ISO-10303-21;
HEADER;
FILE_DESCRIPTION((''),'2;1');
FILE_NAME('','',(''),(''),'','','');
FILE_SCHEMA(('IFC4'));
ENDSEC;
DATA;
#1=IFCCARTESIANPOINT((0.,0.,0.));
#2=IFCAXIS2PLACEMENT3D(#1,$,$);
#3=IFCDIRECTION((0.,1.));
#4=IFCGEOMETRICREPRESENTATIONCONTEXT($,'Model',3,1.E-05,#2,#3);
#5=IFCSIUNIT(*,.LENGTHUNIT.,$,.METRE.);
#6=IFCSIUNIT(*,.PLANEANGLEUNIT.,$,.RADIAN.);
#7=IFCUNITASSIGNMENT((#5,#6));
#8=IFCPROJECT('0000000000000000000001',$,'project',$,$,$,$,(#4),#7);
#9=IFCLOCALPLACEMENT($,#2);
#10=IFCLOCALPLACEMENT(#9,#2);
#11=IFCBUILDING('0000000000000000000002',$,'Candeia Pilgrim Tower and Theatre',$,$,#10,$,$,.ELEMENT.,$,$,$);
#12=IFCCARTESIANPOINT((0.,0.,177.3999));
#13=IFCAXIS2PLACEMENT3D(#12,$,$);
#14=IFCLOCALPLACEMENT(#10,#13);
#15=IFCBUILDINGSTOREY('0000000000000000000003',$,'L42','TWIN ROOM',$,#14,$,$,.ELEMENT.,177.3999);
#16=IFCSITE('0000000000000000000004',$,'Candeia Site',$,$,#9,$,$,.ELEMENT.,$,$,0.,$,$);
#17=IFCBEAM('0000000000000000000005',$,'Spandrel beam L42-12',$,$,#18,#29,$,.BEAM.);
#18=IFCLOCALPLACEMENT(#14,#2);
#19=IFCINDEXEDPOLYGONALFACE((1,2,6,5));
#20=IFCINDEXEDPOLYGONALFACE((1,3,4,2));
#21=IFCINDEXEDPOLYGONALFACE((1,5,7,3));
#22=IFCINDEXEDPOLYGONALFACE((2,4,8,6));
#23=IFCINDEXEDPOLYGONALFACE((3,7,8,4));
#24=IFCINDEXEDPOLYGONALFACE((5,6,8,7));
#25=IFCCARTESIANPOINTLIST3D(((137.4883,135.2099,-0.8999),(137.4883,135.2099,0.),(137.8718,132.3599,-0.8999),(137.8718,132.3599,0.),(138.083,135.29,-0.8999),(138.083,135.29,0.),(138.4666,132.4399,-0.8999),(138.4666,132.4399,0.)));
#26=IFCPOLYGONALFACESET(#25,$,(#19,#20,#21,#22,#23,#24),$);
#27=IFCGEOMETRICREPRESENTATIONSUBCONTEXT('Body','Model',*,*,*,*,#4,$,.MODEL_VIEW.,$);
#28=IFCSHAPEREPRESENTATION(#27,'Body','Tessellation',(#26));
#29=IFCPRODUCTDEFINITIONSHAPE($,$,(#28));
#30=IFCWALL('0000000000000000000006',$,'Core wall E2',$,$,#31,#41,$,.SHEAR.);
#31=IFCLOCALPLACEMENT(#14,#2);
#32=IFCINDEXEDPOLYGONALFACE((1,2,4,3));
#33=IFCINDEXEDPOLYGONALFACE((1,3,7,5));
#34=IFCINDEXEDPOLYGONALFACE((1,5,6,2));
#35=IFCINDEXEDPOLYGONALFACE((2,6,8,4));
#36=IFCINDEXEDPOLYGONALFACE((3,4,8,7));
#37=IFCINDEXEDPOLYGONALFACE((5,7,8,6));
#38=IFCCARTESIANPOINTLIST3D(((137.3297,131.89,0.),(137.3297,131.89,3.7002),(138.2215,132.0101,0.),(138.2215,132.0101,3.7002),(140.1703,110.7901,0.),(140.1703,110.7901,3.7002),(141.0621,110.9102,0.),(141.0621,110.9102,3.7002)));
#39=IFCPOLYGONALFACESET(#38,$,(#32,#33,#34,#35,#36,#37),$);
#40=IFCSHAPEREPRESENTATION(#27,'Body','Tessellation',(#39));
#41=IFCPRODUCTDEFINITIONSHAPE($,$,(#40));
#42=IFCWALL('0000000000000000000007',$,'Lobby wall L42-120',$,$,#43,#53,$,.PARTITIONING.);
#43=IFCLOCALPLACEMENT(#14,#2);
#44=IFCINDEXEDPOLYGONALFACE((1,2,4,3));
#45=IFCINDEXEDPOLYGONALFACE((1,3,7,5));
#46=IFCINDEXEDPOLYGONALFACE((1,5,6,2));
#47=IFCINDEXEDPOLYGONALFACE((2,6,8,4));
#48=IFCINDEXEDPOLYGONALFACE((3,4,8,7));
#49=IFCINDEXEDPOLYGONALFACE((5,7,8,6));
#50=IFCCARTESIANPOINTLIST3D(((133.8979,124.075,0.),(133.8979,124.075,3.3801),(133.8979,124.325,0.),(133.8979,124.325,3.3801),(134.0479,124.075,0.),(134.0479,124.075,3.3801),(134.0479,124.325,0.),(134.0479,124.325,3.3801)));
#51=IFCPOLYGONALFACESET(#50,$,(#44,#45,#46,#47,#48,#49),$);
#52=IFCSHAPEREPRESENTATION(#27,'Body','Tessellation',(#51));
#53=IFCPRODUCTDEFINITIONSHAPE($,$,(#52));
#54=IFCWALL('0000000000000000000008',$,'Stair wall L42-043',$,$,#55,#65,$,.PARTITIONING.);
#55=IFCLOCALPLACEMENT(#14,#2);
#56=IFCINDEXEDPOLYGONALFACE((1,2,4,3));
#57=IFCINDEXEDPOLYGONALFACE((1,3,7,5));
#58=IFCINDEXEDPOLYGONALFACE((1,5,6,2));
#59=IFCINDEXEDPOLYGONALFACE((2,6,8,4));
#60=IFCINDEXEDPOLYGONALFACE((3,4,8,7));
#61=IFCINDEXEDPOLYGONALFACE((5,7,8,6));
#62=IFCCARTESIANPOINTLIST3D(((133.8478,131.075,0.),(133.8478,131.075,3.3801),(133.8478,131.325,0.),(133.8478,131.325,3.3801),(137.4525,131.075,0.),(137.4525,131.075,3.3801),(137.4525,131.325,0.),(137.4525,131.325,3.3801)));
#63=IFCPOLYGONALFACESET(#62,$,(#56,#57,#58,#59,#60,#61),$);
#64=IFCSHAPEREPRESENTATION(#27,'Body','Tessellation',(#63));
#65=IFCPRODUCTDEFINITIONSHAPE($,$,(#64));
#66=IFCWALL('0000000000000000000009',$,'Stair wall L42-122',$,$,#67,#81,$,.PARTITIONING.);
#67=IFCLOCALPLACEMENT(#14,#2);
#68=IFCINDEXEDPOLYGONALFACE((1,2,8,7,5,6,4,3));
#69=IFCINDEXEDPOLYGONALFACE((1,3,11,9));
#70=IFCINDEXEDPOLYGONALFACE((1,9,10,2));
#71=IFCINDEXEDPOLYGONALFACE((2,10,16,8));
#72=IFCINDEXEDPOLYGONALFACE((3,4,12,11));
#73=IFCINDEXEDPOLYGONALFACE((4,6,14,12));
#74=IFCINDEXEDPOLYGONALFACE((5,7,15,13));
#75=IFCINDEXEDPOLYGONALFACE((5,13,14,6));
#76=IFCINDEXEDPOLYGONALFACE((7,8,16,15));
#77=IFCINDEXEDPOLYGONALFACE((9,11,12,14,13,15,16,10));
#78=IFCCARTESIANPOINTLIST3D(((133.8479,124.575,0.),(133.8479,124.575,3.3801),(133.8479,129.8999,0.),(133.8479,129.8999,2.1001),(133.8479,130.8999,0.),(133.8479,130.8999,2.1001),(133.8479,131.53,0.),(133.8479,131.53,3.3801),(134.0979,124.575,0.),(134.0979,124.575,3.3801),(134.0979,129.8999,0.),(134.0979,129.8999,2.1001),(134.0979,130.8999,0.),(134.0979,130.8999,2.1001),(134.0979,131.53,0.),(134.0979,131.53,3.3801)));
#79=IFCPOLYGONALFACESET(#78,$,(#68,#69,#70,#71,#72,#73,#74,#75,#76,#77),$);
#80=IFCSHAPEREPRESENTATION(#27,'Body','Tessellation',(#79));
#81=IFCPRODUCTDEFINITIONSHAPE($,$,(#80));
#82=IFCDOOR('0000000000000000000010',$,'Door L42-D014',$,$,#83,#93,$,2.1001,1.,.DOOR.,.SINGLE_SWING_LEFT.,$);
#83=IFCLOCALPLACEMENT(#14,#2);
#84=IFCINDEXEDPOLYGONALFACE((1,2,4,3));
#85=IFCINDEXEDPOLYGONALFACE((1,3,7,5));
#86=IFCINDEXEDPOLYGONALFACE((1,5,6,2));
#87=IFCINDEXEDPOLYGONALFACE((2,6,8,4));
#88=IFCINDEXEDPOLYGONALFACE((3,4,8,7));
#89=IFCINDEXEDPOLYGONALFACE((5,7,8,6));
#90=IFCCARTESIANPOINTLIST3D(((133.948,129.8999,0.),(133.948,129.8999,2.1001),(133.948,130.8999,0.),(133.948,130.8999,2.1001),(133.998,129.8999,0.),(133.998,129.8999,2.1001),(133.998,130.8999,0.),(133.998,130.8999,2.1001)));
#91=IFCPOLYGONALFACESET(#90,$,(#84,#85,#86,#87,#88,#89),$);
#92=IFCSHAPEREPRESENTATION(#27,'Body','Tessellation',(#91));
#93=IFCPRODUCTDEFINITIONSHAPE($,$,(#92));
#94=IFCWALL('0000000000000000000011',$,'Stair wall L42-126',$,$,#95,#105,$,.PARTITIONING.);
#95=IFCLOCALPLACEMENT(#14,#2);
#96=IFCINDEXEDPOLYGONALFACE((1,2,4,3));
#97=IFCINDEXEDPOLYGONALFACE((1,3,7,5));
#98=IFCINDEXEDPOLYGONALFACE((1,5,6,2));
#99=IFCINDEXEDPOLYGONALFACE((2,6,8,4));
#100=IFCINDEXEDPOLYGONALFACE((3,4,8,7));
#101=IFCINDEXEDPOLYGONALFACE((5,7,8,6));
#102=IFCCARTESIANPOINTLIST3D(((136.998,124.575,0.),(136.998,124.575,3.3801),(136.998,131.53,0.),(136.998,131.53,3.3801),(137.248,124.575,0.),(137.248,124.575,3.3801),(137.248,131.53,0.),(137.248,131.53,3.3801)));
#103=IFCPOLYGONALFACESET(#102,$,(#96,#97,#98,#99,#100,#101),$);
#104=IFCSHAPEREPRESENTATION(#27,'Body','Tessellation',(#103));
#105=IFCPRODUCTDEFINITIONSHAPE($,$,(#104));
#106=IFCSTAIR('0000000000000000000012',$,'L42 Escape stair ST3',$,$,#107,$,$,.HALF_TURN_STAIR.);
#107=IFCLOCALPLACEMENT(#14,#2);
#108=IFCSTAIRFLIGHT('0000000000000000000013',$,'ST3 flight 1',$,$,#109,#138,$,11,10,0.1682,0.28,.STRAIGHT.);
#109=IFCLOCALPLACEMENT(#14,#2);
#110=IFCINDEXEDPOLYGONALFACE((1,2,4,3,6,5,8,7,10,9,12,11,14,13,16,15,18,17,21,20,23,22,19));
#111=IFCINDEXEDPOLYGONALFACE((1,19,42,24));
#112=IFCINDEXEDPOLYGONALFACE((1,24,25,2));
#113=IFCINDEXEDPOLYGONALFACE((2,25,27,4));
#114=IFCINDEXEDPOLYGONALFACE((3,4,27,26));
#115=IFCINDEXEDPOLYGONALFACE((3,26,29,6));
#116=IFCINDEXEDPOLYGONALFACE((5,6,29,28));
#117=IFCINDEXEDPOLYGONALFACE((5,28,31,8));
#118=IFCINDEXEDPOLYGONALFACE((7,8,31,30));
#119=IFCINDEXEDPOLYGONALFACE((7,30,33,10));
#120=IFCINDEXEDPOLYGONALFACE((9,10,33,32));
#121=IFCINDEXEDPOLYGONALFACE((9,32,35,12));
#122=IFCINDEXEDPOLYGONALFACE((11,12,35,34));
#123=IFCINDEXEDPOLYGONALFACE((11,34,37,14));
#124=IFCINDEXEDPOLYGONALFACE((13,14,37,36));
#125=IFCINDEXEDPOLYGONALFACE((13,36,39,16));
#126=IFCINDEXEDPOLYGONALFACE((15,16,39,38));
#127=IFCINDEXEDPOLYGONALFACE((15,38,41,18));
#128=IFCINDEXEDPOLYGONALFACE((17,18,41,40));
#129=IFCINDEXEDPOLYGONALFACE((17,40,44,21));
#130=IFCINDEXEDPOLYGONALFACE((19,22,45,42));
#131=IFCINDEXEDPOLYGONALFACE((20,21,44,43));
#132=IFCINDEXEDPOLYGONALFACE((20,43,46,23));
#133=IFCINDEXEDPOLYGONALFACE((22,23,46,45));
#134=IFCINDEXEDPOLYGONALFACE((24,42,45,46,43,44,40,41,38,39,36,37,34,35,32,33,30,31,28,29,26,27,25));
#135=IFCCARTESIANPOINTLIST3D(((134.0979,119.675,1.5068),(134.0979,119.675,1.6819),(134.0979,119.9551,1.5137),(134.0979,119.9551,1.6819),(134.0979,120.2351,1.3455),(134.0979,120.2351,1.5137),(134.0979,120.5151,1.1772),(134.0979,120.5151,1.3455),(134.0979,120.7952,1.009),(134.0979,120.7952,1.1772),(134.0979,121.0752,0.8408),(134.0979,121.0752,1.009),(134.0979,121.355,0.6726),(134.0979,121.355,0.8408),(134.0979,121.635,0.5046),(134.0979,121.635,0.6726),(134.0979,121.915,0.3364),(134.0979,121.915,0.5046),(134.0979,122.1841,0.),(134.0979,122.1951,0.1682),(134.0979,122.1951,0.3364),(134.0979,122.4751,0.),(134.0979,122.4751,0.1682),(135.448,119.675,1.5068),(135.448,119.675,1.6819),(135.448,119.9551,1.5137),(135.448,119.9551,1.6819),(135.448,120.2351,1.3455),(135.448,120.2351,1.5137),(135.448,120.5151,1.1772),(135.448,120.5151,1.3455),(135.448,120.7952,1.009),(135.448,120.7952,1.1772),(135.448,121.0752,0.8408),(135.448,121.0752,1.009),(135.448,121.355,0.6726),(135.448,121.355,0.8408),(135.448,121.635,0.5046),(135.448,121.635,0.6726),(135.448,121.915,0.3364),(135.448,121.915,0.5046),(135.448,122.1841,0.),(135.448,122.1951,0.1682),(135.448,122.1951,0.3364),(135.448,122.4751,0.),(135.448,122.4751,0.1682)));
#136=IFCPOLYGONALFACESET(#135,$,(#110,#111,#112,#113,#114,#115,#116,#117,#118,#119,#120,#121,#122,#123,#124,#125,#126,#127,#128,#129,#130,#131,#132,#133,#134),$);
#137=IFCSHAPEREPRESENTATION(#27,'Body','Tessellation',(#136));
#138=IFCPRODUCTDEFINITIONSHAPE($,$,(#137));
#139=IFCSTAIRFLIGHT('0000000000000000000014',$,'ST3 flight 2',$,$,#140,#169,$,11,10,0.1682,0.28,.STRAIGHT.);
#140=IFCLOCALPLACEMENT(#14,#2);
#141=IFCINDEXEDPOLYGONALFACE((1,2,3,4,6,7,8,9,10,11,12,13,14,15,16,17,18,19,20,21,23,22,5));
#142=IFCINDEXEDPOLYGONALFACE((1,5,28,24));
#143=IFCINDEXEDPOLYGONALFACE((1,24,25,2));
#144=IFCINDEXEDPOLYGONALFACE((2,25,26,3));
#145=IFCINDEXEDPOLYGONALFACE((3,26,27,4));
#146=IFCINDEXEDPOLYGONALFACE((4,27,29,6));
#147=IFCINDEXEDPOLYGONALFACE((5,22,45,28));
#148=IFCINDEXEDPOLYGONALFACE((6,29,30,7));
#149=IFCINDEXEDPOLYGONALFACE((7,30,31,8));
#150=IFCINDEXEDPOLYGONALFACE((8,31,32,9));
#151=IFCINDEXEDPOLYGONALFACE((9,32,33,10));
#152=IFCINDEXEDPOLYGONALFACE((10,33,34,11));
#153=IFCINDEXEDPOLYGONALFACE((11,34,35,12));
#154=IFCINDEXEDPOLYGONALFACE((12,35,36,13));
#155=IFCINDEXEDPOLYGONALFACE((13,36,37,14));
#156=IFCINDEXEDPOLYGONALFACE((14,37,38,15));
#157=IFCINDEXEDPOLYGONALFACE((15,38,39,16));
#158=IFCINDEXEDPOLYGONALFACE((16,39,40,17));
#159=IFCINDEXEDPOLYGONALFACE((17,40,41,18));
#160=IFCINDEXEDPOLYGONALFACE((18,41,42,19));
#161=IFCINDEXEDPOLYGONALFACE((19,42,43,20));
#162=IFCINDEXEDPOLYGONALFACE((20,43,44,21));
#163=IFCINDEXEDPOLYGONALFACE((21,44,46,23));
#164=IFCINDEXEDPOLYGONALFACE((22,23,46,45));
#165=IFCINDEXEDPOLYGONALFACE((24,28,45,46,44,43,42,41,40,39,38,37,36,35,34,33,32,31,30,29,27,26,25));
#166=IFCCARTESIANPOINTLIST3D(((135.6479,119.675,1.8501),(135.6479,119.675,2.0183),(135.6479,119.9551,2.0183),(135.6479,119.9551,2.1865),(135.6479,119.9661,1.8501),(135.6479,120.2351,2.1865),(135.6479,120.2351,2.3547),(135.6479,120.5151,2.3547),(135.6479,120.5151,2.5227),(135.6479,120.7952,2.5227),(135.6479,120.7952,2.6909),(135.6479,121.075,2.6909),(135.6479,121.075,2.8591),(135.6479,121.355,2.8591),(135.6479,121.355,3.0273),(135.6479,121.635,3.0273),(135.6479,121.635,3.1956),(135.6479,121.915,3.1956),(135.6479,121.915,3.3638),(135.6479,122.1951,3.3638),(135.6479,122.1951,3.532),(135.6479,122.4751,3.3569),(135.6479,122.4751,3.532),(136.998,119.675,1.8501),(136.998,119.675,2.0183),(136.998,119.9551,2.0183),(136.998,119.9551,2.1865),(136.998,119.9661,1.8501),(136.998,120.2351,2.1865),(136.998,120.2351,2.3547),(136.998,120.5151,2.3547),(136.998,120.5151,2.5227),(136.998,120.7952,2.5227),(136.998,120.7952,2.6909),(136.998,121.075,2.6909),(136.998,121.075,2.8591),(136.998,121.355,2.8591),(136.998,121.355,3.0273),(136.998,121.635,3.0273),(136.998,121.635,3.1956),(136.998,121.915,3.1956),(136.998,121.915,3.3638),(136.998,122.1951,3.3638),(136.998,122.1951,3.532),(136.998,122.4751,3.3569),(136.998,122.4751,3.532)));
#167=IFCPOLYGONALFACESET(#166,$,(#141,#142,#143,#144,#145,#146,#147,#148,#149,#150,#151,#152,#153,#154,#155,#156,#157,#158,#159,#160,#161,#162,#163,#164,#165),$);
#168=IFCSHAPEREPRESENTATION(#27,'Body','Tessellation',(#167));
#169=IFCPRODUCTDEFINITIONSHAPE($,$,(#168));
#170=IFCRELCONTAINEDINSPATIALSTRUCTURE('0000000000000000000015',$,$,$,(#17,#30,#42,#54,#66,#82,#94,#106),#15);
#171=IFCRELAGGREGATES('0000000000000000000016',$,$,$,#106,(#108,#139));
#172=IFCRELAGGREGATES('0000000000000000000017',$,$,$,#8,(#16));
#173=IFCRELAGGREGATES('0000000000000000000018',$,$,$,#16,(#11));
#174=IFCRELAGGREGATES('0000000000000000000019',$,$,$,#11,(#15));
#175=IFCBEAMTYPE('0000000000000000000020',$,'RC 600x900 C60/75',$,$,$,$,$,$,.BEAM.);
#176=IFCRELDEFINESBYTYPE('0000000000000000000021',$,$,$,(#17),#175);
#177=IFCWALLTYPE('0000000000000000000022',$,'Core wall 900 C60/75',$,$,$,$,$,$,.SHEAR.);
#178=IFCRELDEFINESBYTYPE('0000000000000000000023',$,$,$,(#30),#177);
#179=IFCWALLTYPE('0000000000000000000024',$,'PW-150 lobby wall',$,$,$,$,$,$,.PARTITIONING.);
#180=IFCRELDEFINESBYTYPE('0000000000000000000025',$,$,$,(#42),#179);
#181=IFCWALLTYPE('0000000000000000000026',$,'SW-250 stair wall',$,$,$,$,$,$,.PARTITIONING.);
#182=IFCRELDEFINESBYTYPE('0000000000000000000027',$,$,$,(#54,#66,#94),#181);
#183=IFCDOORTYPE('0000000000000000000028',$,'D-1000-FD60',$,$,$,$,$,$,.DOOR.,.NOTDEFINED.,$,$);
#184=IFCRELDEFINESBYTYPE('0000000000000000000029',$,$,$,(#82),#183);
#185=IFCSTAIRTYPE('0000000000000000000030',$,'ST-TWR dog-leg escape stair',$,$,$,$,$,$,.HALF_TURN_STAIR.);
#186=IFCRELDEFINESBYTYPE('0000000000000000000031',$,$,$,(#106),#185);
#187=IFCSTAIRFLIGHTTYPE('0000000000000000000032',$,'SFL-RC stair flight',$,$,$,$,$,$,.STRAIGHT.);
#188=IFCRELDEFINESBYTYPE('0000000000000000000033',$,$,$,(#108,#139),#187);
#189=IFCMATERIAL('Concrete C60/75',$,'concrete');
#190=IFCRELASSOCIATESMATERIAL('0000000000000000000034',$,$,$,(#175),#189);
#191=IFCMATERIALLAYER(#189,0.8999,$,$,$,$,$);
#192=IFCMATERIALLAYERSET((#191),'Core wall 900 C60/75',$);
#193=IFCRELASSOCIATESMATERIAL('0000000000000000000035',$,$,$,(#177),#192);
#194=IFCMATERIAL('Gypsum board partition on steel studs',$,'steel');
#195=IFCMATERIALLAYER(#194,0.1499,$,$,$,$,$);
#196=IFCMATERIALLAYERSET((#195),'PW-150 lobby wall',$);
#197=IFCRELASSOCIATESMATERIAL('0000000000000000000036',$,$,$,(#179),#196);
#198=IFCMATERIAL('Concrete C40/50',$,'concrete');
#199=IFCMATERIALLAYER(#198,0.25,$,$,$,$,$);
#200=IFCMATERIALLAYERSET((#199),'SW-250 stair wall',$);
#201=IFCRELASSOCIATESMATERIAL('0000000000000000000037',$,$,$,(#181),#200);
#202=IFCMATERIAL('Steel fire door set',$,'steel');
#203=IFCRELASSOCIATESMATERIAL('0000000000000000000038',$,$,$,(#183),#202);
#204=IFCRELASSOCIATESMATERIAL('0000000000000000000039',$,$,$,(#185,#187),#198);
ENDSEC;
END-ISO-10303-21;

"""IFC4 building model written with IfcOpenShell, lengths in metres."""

from ifc_helpers import new_model, si_unit, direction, frame, frame_2d, origin, origin_2d, place, context, subcontext, project, spatial, polyline, rectangle, outline, extrude, material, layer, layer_set, material_profile, profile_set, type_object, element, fill, aggregate, save


model = new_model("IFC4")

# Units and contexts
model_context = context("Model", 3, precision=1e-05, world=origin(), true_north=direction((0.0, 1.0)))
body_context = subcontext(model_context, "Body", "Model", "MODEL_VIEW")
ifc_project = project(units=[si_unit("LENGTHUNIT", "METRE"), si_unit("PLANEANGLEUNIT", "RADIAN")], contexts=[model_context])

# Site, building, storey
site_placement = place(None, origin())
site = spatial("IfcSite", under=ifc_project, at=site_placement, Name="Candeia Site", CompositionType="ELEMENT", RefElevation=0.0)
building_placement = place(site_placement, origin())
building = spatial("IfcBuilding", under=site, at=building_placement, Name="Candeia Pilgrim Tower and Theatre", CompositionType="ELEMENT")
storey_placement = place(building_placement, frame((0.0, 0.0, 177.3999)))
storey = spatial("IfcBuildingStorey", under=building, at=storey_placement, Name="L42", Description="TWIN ROOM", CompositionType="ELEMENT", Elevation=177.3999)

# Beam
ifc_material_1 = material(Name="Concrete C60/75", Category="concrete")
ifc_material_profile = material_profile(ifc_material_1, rectangle(XDim=0.6001, YDim=0.8999, at=origin_2d()))
ifc_profile_set = profile_set([ifc_material_profile], Name="Concrete C60/75")
beam_type = type_object("IfcBeamType", Name="RC 600x900 C60/75", PredefinedType="BEAM", material=ifc_profile_set)
beam_placement = place(storey_placement, frame((138.1692, 132.3999, -0.45), z_axis=(-0.13337, 0.991066, 0.0), x_axis=(-0.991066, -0.13337, 0.0)))
element("IfcBeam", 1, at=beam_placement, inside=storey, type_object=beam_type, Name="Spandrel beam L42-12", PredefinedType="BEAM", context=body_context, shape_type="SweptSolid", body=[
    extrude(rectangle(XDim=0.6001, YDim=0.8999, at=origin_2d()), origin(), (0.0, 0.0, 1.0), 2.8757),
])

# Wall
ifc_layer_1 = layer(ifc_material_1, 0.8999)
ifc_layer_set_1 = layer_set([ifc_layer_1], Name="Core wall 900 C60/75")
wall_type_1 = type_object("IfcWallType", Name="Core wall 900 C60/75", PredefinedType="SHEAR", material=ifc_layer_set_1)
wall_1_placement = place(storey_placement, frame((137.7756, 131.95, 0.0), z_axis=(0.0, 0.0, 1.0), x_axis=(0.133422, -0.991059, 0.0)))
element("IfcWall", 2, at=wall_1_placement, inside=storey, type_object=wall_type_1, Name="Core wall E2", PredefinedType="SHEAR", context=body_context, shape_type="SweptSolid", body=[
    extrude(rectangle(XDim=21.2903, YDim=0.8999, at=frame_2d((10.645, 0.0))), origin(), (0.0, 0.0, 1.0), 3.7002),
])

# Walls
ifc_material_2 = material(Name="Gypsum board partition on steel studs", Category="steel")
ifc_layer_2 = layer(ifc_material_2, 0.1499)
ifc_layer_set_2 = layer_set([ifc_layer_2], Name="PW-150 lobby wall")
wall_type_2 = type_object("IfcWallType", Name="PW-150 lobby wall", PredefinedType="PARTITIONING", material=ifc_layer_set_2)
wall_2_placement = place(storey_placement, frame((133.9729, 124.075, 0.0), z_axis=(0.0, 0.0, 1.0), x_axis=(0.0, 1.0, 0.0)))
element("IfcWall", 3, at=wall_2_placement, inside=storey, type_object=wall_type_2, Name="Lobby wall L42-120", PredefinedType="PARTITIONING", context=body_context, shape_type="SweptSolid", body=[
    extrude(rectangle(XDim=0.25, YDim=0.1499, at=frame_2d((0.125, 0.0))), origin(), (0.0, 0.0, 1.0), 3.3801),
])
ifc_material_3 = material(Name="Concrete C40/50", Category="concrete")
ifc_layer_3 = layer(ifc_material_3, 0.25)
ifc_layer_set_3 = layer_set([ifc_layer_3], Name="SW-250 stair wall")
wall_type_3 = type_object("IfcWallType", Name="SW-250 stair wall", PredefinedType="PARTITIONING", material=ifc_layer_set_3)
wall_3_placement = place(storey_placement, frame((133.8479, 131.2, 0.0), z_axis=(0.0, 0.0, 1.0), x_axis=(1.0, 0.0, 0.0)))
element("IfcWall", 4, at=wall_3_placement, inside=storey, type_object=wall_type_3, Name="Stair wall L42-043", PredefinedType="PARTITIONING", context=body_context, shape_type="SweptSolid", body=[
    extrude(rectangle(XDim=3.6047, YDim=0.25, at=frame_2d((1.8022, 0.0))), origin(), (0.0, 0.0, 1.0), 3.3801),
])

# Wall, opening, door
wall_4_placement = place(storey_placement, frame((133.9729, 124.575, 0.0), z_axis=(0.0, 0.0, 1.0), x_axis=(0.0, 1.0, 0.0)))
wall_4 = element("IfcWall", 5, at=wall_4_placement, inside=storey, type_object=wall_type_3, Name="Stair wall L42-122", PredefinedType="PARTITIONING", context=body_context, shape_type="SweptSolid", body=[
    extrude(rectangle(XDim=6.9551, YDim=0.25, at=frame_2d((3.4775, 0.0))), origin(), (0.0, 0.0, 1.0), 3.3801),
])
opening_1_placement = place(wall_4_placement, frame((5.325, 0.0, 0.0)))
opening_1 = element("IfcOpeningElement", 6, at=opening_1_placement, cuts=wall_4, PredefinedType="OPENING", context=body_context, shape_type="SweptSolid", body=[
    extrude(rectangle(XDim=1.0, YDim=2.1001, at=frame_2d((0.5, 1.05))), frame((0.0, 0.135, 0.0), z_axis=(0.0, -1.0, 0.0), x_axis=(1.0, 0.0, 0.0)), (0.0, 0.0, 1.0), 0.27),
])
ifc_material_4 = material(Name="Steel fire door set", Category="steel")
door_type_1 = type_object("IfcDoorType", Name="D-1000-FD60", OperationType="NOTDEFINED", PredefinedType="DOOR", material=ifc_material_4)
door_1_placement = place(opening_1_placement, origin())
door_1 = element("IfcDoor", 7, at=door_1_placement, inside=storey, type_object=door_type_1, Name="Door L42-D014", OperationType="SINGLE_SWING_LEFT", OverallHeight=2.1001, OverallWidth=1.0, PredefinedType="DOOR", context=body_context, shape_type="SweptSolid", body=[
    extrude(rectangle(XDim=1.0, YDim=2.1001, at=frame_2d((0.5, 1.05))), frame((0.0, 0.0249, 0.0), z_axis=(0.0, -1.0, 0.0), x_axis=(1.0, 0.0, 0.0)), (0.0, 0.0, 1.0), 0.05),
])
fill(opening_1, door_1)

# Wall
wall_5_placement = place(storey_placement, frame((137.123, 124.575, 0.0), z_axis=(0.0, 0.0, 1.0), x_axis=(0.0, 1.0, 0.0)))
element("IfcWall", 8, at=wall_5_placement, inside=storey, type_object=wall_type_3, Name="Stair wall L42-126", PredefinedType="PARTITIONING", context=body_context, shape_type="SweptSolid", body=[
    extrude(rectangle(XDim=6.9551, YDim=0.25, at=frame_2d((3.4775, 0.0))), origin(), (0.0, 0.0, 1.0), 3.3801),
])

# Stair, stair flights
stair_type = type_object("IfcStairType", Name="ST-TWR dog-leg escape stair", PredefinedType="HALF_TURN_STAIR", material=ifc_material_3)
stair_1_placement = place(storey_placement, origin())
stair_1 = element("IfcStair", 9, at=stair_1_placement, inside=storey, type_object=stair_type, Name="L42 Escape stair ST3", PredefinedType="HALF_TURN_STAIR")
stair_flight_type = type_object("IfcStairFlightType", Name="SFL-RC stair flight", PredefinedType="STRAIGHT", material=ifc_material_3)
stair_flight_1_placement = place(storey_placement, frame((134.7729, 122.4751, 0.0), z_axis=(0.0, 0.0, 1.0), x_axis=(0.0, -1.0, 0.0)))
stair_flight_1 = element("IfcStairFlight", 10, at=stair_flight_1_placement, type_object=stair_flight_type, Name="ST3 flight 1", NumberOfRisers=11, NumberOfTreads=10, PredefinedType="STRAIGHT", RiserHeight=0.1682, TreadLength=0.28, context=body_context, shape_type="SweptSolid", body=[
    extrude(outline(polyline([(0.0, 0.0), (0.0, 0.1682), (0.28, 0.1682), (0.28, 0.3364), (0.5601, 0.3364), (0.5601, 0.5046), (0.8401, 0.5046), (0.8401, 0.6726), (1.1201, 0.6726), (1.1201, 0.8408), (1.3999, 0.8408), (1.3999, 1.009), (1.6799, 1.009), (1.6799, 1.1772), (1.96, 1.1772), (1.96, 1.3455), (2.24, 1.3455), (2.24, 1.5137), (2.52, 1.5137), (2.52, 1.6819), (2.8, 1.6819), (2.8, 1.8501), (2.8, 1.5068), (0.291, 0.0), (0.0, 0.0)])), frame((0.0, 0.675, 0.0), z_axis=(0.0, -1.0, 0.0), x_axis=(1.0, 0.0, 0.0)), (0.0, 0.0, 1.0), 1.3501),
])
stair_flight_2_placement = place(storey_placement, frame((136.323, 119.675, 1.8501), z_axis=(0.0, 0.0, 1.0), x_axis=(0.0, 1.0, 0.0)))
stair_flight_2 = element("IfcStairFlight", 11, at=stair_flight_2_placement, type_object=stair_flight_type, Name="ST3 flight 2", NumberOfRisers=11, NumberOfTreads=10, PredefinedType="STRAIGHT", RiserHeight=0.1682, TreadLength=0.28, context=body_context, shape_type="SweptSolid", body=[
    extrude(outline(polyline([(0.0, 0.0), (0.0, 0.1682), (0.28, 0.1682), (0.28, 0.3364), (0.5601, 0.3364), (0.5601, 0.5046), (0.8401, 0.5046), (0.8401, 0.6726), (1.1201, 0.6726), (1.1201, 0.8408), (1.3999, 0.8408), (1.3999, 1.009), (1.6799, 1.009), (1.6799, 1.1772), (1.96, 1.1772), (1.96, 1.3455), (2.24, 1.3455), (2.24, 1.5137), (2.52, 1.5137), (2.52, 1.6819), (2.8, 1.6819), (2.8, 1.8501), (2.8, 1.5068), (0.291, 0.0), (0.0, 0.0)])), frame((0.0, 0.675, 0.0), z_axis=(0.0, -1.0, 0.0), x_axis=(1.0, 0.0, 0.0)), (0.0, 0.0, 1.0), 1.3501),
])
aggregate(stair_1, [stair_flight_1, stair_flight_2])

save(model, "model.ifc")
